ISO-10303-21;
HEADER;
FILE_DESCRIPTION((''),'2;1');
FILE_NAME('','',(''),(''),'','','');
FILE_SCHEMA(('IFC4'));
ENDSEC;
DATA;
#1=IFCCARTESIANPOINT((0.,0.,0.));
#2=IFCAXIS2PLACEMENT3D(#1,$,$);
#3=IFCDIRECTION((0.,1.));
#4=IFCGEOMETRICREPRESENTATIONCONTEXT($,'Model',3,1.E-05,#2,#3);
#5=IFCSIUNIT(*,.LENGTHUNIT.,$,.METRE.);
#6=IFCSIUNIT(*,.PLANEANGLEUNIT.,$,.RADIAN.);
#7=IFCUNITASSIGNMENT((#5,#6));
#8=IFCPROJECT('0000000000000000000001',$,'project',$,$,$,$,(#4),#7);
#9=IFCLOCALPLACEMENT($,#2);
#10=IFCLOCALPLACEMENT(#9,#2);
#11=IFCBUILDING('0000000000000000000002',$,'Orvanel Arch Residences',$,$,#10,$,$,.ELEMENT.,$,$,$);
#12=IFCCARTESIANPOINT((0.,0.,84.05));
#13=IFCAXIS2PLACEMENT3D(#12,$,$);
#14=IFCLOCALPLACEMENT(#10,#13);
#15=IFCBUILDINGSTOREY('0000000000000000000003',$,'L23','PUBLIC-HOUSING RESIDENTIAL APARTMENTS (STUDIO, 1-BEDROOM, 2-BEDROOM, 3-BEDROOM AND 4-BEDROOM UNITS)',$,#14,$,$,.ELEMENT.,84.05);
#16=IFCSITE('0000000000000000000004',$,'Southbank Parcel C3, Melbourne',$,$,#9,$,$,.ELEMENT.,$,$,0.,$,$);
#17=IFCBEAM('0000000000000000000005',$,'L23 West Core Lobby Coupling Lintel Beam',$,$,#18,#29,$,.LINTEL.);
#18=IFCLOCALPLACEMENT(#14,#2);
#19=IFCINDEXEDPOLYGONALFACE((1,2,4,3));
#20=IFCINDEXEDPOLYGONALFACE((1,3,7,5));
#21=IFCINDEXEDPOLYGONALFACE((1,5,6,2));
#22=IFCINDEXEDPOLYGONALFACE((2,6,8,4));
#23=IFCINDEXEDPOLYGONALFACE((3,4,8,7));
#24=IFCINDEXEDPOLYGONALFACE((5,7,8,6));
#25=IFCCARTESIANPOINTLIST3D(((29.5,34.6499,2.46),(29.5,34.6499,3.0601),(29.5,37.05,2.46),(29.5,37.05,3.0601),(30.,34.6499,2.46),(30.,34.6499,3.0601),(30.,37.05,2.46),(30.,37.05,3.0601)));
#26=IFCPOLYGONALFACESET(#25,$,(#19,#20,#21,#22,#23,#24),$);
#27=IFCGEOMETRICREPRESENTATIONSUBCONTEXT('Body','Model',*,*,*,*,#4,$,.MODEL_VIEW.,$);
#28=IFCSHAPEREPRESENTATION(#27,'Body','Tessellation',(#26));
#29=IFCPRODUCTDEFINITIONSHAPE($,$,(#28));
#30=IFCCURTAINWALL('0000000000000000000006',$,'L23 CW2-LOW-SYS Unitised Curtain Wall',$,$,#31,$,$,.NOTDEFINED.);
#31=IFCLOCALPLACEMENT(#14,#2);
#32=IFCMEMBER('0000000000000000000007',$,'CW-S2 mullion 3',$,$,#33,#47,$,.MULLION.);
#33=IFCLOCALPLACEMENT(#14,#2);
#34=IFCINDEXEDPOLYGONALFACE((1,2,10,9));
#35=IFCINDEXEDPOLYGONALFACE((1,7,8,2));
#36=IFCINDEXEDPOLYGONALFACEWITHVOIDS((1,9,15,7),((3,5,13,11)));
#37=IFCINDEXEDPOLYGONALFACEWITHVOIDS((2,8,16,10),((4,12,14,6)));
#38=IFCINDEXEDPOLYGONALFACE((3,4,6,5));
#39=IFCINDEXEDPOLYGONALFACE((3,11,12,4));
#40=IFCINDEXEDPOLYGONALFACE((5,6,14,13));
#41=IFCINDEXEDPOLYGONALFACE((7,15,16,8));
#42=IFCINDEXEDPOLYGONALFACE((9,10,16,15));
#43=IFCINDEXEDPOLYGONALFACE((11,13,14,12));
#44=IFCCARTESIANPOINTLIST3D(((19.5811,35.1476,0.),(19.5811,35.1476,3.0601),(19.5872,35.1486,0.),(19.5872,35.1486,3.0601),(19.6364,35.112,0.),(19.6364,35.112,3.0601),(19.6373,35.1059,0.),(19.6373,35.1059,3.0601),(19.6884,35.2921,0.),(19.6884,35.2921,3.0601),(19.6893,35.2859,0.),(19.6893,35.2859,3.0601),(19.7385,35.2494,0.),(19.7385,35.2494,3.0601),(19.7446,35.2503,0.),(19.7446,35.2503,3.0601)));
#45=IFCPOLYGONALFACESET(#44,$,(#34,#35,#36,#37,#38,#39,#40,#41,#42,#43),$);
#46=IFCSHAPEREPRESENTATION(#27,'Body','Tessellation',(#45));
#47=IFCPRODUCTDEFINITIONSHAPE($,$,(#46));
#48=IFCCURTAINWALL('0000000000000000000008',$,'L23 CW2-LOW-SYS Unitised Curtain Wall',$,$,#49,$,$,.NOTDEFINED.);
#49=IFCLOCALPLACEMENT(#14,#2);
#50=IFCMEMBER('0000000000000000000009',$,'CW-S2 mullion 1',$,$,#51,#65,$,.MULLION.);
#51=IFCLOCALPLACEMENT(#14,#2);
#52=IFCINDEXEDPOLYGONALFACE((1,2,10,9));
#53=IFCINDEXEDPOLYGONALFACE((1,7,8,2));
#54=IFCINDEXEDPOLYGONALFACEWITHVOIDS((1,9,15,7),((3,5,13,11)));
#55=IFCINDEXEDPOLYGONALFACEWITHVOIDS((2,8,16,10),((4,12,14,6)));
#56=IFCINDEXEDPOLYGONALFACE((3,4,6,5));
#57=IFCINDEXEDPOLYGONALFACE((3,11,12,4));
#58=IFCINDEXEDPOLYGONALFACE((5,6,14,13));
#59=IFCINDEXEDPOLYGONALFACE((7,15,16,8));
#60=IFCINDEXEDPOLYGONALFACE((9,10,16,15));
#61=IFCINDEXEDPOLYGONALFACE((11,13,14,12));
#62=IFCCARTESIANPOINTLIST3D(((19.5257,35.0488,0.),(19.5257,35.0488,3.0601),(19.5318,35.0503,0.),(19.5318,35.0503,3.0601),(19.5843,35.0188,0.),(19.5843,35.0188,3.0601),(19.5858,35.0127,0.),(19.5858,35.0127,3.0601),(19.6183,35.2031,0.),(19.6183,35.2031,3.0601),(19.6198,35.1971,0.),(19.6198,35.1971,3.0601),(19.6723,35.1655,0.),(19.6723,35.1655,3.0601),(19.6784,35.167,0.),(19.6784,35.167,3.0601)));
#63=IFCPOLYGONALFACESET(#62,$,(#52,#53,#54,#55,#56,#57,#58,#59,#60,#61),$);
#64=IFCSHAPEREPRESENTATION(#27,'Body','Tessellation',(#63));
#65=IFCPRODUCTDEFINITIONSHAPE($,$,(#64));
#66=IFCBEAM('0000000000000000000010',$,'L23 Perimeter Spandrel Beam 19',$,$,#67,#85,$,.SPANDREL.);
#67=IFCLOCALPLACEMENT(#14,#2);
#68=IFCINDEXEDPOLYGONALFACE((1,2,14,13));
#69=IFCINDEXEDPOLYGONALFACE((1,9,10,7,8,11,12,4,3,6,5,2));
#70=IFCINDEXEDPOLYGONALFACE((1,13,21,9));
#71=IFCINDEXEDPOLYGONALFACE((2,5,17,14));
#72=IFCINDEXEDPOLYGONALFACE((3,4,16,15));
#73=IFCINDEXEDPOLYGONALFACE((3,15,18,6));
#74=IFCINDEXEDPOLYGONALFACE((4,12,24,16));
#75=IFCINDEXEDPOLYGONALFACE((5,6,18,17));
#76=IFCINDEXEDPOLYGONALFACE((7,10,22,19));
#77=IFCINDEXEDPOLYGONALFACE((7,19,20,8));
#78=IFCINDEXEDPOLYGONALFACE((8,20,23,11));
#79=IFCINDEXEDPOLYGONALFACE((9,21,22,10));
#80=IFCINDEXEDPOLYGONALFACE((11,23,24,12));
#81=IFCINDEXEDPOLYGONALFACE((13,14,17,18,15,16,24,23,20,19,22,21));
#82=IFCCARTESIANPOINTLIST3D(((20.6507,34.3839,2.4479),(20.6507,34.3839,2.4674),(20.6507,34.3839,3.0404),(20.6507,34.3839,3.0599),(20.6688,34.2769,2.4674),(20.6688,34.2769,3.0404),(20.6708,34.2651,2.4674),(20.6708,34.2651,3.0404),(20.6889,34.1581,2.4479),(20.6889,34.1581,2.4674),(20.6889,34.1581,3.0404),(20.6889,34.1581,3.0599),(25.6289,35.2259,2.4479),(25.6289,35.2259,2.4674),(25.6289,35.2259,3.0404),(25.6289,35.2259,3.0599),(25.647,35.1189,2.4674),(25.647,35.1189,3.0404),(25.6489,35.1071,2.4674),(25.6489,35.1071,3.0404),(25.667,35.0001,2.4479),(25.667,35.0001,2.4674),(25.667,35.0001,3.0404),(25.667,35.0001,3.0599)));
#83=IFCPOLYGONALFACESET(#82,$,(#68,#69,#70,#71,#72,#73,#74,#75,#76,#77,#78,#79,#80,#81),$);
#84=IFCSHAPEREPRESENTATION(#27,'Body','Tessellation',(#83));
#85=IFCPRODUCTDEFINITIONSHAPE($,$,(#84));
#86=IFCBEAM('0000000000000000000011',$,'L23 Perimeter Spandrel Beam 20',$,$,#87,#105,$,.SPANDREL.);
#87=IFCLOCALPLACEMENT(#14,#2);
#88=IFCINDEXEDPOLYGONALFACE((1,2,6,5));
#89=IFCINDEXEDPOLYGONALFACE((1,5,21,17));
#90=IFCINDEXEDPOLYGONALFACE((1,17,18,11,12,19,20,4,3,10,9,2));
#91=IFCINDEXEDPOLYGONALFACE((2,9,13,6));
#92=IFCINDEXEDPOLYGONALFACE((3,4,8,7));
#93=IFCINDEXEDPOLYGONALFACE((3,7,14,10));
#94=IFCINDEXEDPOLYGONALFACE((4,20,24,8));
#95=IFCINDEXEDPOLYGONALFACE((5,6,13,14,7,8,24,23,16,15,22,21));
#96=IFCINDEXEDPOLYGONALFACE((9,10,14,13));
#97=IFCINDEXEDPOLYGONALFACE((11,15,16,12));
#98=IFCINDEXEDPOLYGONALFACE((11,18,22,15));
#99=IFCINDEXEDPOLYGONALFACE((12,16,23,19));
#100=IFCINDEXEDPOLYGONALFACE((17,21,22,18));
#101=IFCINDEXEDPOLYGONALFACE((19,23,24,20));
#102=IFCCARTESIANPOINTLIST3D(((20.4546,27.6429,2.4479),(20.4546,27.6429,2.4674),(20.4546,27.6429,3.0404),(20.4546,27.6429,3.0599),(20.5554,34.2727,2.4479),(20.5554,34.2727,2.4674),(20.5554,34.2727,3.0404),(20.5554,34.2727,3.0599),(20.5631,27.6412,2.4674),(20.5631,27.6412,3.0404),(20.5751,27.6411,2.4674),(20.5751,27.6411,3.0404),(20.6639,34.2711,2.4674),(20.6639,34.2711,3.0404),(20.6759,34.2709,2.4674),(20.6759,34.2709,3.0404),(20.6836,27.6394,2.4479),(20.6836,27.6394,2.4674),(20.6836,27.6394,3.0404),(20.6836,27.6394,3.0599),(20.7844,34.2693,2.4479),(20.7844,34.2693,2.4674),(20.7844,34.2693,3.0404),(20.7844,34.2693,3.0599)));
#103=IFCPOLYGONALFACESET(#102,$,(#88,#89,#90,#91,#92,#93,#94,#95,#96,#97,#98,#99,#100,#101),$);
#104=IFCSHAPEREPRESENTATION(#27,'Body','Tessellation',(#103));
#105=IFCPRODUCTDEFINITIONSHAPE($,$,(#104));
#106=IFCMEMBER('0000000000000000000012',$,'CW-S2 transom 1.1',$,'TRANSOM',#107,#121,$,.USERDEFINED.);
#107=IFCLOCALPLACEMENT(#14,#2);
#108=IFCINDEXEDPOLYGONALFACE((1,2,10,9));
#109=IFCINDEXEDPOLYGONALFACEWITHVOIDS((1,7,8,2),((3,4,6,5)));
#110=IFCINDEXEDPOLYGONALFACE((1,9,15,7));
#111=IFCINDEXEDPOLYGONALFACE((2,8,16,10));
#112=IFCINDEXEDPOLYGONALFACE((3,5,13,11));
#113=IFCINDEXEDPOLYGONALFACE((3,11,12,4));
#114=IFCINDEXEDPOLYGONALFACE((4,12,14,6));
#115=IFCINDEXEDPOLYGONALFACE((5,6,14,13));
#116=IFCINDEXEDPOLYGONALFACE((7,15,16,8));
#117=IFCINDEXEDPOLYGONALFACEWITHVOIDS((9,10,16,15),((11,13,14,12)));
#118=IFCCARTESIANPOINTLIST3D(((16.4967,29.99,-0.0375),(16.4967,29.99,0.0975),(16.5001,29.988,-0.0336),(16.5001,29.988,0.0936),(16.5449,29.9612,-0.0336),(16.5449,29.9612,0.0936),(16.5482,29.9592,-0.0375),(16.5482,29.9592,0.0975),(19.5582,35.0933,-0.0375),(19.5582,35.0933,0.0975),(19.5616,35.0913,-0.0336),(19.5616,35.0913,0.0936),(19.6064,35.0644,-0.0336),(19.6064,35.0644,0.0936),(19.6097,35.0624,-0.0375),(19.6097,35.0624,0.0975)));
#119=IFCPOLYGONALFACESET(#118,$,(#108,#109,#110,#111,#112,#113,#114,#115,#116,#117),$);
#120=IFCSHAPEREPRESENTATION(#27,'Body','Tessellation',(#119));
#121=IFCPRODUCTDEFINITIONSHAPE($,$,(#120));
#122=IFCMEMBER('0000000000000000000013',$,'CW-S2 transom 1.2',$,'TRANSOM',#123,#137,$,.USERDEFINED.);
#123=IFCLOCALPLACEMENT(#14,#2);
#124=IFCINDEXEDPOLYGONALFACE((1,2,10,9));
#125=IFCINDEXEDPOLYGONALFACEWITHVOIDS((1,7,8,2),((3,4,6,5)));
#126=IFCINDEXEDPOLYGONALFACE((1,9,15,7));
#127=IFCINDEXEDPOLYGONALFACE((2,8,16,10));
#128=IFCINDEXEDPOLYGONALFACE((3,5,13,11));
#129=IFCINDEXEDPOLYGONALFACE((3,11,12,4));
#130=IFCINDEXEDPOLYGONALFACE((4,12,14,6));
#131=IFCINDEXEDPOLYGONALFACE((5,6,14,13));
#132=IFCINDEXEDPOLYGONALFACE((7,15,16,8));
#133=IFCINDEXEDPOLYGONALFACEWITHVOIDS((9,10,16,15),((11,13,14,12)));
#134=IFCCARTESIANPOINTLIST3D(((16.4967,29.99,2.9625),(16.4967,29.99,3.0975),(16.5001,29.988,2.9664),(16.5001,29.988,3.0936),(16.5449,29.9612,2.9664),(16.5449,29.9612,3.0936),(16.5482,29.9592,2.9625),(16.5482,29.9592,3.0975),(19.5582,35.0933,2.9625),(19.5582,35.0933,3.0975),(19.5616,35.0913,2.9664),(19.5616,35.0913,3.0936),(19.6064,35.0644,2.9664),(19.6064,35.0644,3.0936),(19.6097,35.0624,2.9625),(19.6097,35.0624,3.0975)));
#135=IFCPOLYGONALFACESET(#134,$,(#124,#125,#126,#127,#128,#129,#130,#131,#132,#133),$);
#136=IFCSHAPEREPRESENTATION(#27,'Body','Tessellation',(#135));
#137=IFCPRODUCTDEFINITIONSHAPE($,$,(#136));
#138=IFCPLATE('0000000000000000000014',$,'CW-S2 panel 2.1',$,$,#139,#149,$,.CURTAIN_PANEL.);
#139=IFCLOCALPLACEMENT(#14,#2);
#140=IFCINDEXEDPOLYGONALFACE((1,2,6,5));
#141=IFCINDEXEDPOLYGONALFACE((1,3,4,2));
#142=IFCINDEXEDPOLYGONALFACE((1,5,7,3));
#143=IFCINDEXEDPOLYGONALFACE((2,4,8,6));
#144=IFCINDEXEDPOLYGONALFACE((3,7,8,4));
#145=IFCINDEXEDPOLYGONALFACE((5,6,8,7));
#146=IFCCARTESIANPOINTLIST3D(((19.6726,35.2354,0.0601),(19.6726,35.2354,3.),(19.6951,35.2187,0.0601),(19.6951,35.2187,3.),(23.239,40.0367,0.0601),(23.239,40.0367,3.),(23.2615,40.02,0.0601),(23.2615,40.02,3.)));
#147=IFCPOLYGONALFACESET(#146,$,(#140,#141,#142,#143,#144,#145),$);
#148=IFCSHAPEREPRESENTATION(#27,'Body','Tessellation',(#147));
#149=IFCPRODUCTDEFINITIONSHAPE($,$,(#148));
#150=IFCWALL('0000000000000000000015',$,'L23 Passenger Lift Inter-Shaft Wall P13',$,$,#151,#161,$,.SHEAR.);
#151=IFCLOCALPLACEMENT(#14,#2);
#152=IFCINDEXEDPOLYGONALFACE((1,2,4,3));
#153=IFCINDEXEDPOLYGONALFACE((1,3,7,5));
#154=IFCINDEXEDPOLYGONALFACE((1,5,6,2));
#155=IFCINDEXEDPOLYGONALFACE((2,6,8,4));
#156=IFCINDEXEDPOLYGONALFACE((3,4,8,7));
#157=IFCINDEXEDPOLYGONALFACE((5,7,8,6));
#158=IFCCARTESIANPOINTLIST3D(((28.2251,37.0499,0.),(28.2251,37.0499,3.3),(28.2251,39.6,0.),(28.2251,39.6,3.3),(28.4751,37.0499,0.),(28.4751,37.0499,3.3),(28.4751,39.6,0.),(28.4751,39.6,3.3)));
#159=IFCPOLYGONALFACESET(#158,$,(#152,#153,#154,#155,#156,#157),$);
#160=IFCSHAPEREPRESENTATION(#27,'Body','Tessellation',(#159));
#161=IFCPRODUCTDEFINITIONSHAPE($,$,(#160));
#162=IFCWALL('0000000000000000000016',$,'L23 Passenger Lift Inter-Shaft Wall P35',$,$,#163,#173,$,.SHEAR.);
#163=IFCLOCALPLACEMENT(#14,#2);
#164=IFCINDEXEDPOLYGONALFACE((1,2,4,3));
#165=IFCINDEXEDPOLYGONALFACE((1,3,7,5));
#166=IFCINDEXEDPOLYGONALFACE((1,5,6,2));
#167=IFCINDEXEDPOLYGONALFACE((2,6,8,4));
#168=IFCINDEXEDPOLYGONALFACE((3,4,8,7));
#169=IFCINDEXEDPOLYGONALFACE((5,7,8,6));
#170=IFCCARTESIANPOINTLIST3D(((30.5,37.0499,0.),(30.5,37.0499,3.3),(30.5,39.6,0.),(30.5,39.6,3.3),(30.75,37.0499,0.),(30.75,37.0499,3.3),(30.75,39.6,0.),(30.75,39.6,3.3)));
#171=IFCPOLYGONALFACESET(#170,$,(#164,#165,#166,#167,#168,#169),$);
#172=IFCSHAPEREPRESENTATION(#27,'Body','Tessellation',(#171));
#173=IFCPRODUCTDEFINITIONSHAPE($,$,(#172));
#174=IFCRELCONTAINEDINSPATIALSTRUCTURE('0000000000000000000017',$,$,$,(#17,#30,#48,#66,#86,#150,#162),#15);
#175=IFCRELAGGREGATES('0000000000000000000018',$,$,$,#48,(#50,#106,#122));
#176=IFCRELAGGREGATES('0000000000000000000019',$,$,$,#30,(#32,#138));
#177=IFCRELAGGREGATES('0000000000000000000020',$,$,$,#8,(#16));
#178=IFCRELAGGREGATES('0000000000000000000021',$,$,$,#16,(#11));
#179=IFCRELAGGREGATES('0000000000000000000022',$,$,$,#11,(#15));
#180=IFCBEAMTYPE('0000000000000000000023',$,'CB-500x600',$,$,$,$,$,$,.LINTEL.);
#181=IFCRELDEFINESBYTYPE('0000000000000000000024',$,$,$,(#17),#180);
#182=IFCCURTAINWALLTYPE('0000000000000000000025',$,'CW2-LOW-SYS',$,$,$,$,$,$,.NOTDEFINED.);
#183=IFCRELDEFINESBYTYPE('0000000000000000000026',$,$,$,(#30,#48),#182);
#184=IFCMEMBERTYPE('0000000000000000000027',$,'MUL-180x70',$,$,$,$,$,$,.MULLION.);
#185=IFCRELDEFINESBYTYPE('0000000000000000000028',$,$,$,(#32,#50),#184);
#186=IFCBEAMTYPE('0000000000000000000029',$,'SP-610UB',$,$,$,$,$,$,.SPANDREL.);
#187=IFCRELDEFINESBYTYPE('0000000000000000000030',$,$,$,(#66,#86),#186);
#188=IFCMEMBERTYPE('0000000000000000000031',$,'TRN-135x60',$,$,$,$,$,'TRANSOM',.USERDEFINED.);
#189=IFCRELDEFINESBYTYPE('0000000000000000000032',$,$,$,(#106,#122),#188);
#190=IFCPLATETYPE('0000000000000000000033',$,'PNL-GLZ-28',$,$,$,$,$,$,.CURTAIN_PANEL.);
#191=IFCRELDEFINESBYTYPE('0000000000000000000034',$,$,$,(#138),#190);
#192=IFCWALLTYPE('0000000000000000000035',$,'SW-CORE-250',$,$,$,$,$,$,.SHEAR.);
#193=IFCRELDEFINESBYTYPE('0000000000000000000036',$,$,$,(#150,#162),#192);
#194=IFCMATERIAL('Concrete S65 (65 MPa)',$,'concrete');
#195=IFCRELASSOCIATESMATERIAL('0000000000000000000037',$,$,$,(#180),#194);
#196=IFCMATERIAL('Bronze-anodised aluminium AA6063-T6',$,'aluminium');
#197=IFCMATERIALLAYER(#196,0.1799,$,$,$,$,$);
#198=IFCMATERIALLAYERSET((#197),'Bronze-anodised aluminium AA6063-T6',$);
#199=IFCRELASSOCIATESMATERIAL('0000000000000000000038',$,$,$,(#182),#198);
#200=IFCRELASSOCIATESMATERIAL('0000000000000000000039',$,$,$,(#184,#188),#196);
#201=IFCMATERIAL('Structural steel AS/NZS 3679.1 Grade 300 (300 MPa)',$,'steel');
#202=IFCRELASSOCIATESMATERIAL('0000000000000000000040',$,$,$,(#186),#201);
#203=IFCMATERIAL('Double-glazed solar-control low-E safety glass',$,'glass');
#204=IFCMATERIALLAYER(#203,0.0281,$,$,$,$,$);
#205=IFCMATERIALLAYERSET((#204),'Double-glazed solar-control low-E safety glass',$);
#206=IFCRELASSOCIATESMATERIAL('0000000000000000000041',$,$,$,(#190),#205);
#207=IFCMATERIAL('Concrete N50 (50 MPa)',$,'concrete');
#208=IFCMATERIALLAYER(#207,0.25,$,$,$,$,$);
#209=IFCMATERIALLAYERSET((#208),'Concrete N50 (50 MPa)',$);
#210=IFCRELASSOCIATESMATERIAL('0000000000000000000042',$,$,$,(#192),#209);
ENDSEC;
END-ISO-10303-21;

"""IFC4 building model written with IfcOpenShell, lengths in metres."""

from ifc_helpers import new_model, si_unit, direction, frame, frame_2d, origin, origin_2d, place, context, subcontext, project, spatial, rectangle, hollow_rectangle, i_section, extrude, material, layer, layer_set, material_profile, profile_set, type_object, element, aggregate, save


model = new_model("IFC4")

# Units and contexts
model_context = context("Model", 3, precision=1e-05, world=origin(), true_north=direction((0.0, 1.0)))
body_context = subcontext(model_context, "Body", "Model", "MODEL_VIEW")
ifc_project = project(units=[si_unit("LENGTHUNIT", "METRE"), si_unit("PLANEANGLEUNIT", "RADIAN")], contexts=[model_context])

# Site, building, storey
site_placement = place(None, origin())
site = spatial("IfcSite", under=ifc_project, at=site_placement, Name="Southbank Parcel C3, Melbourne", CompositionType="ELEMENT", RefElevation=0.0)
building_placement = place(site_placement, origin())
building = spatial("IfcBuilding", under=site, at=building_placement, Name="Orvanel Arch Residences", CompositionType="ELEMENT")
storey_placement = place(building_placement, frame((0.0, 0.0, 84.05)))
storey = spatial("IfcBuildingStorey", under=building, at=storey_placement, Name="L23", Description="PUBLIC-HOUSING RESIDENTIAL APARTMENTS (STUDIO, 1-BEDROOM, 2-BEDROOM, 3-BEDROOM AND 4-BEDROOM UNITS)", CompositionType="ELEMENT", Elevation=84.05)

# Beam
ifc_material_1 = material(Name="Structural steel AS/NZS 3679.1 Grade 300 (300 MPa)", Category="steel")
ifc_material_2 = material(Name="Concrete S65 (65 MPa)", Category="concrete")
ifc_material_profile_1 = material_profile(ifc_material_2, rectangle(XDim=0.5, YDim=0.6001, at=origin_2d()), Name="RC500x600")
ifc_profile_set_1 = profile_set([ifc_material_profile_1], Name="Concrete S65 (65 MPa)")
beam_type_1 = type_object("IfcBeamType", Name="CB-500x600", PredefinedType="LINTEL", material=ifc_profile_set_1)
beam_1_placement = place(storey_placement, frame((29.75, 34.6499, 2.76), z_axis=(0.0, 1.0, 0.0), x_axis=(-1.0, 0.0, 0.0)))
element("IfcBeam", 1, at=beam_1_placement, inside=storey, type_object=beam_type_1, Name="L23 West Core Lobby Coupling Lintel Beam", PredefinedType="LINTEL", context=body_context, shape_type="SweptSolid", body=[
    extrude(rectangle(XDim=0.5, YDim=0.6001, at=origin_2d()), origin(), (0.0, 0.0, 1.0), 2.4001),
])

# Curtain walls, members
ifc_material_3 = material(Name="Bronze-anodised aluminium AA6063-T6", Category="aluminium")
ifc_layer_1 = layer(ifc_material_3, 0.1799)
ifc_layer_set_1 = layer_set([ifc_layer_1], Name="Bronze-anodised aluminium AA6063-T6")
curtain_wall_type = type_object("IfcCurtainWallType", Name="CW2-LOW-SYS", PredefinedType="NOTDEFINED", material=ifc_layer_set_1)
curtain_wall_1_placement = place(storey_placement, origin())
curtain_wall_1 = element("IfcCurtainWall", 2, at=curtain_wall_1_placement, inside=storey, type_object=curtain_wall_type, Name="L23 CW2-LOW-SYS Unitised Curtain Wall", PredefinedType="NOTDEFINED")
ifc_material_profile_2 = material_profile(ifc_material_3, hollow_rectangle(XDim=0.0701, YDim=0.1799, WallThickness=0.0044, at=origin_2d()), Name="ALU180x70x4.5")
ifc_profile_set_2 = profile_set([ifc_material_profile_2], Name="Bronze-anodised aluminium AA6063-T6")
member_type_1 = type_object("IfcMemberType", Name="MUL-180x70", PredefinedType="MULLION", material=ifc_profile_set_2)
member_1_placement = place(storey_placement, frame((19.6628, 35.199, 0.0), z_axis=(0.0, 0.0, 1.0), x_axis=(0.802762, -0.5963, 0.0)))
member_1 = element("IfcMember", 3, at=member_1_placement, type_object=member_type_1, Name="CW-S2 mullion 3", PredefinedType="MULLION", context=body_context, shape_type="SweptSolid", body=[
    extrude(hollow_rectangle(XDim=0.0701, YDim=0.1799, WallThickness=0.0044, at=origin_2d()), origin(), (0.0, 0.0, 1.0), 3.0601),
])
curtain_wall_2_placement = place(storey_placement, origin())
curtain_wall_2 = element("IfcCurtainWall", 4, at=curtain_wall_2_placement, inside=storey, type_object=curtain_wall_type, Name="L23 CW2-LOW-SYS Unitised Curtain Wall", PredefinedType="NOTDEFINED")
member_2_placement = place(storey_placement, frame((19.6021, 35.1079, 0.0), z_axis=(0.0, 0.0, 1.0), x_axis=(0.857537, -0.514423, 0.0)))
member_2 = element("IfcMember", 5, at=member_2_placement, type_object=member_type_1, Name="CW-S2 mullion 1", PredefinedType="MULLION", context=body_context, shape_type="SweptSolid", body=[
    extrude(hollow_rectangle(XDim=0.0701, YDim=0.1799, WallThickness=0.0044, at=origin_2d()), origin(), (0.0, 0.0, 1.0), 3.0601),
])

# Beams
ifc_material_profile_3 = material_profile(ifc_material_1, i_section(OverallWidth=0.229, OverallDepth=0.6121, WebThickness=0.012, FlangeThickness=0.0195, at=origin_2d()), Name="610UB125")
ifc_profile_set_3 = profile_set([ifc_material_profile_3], Name="Structural steel AS/NZS 3679.1 Grade 300 (300 MPa)")
beam_type_2 = type_object("IfcBeamType", Name="SP-610UB", PredefinedType="SPANDREL", material=ifc_profile_set_3)
beam_2_placement = place(storey_placement, frame((25.6479, 35.113, 2.7539), z_axis=(-0.985994, -0.166782, 0.0), x_axis=(0.166782, -0.985994, 0.0)))
element("IfcBeam", 6, at=beam_2_placement, inside=storey, type_object=beam_type_2, Name="L23 Perimeter Spandrel Beam 19", PredefinedType="SPANDREL", context=body_context, shape_type="SweptSolid", body=[
    extrude(i_section(OverallWidth=0.229, OverallDepth=0.6121, WebThickness=0.012, FlangeThickness=0.0195, at=origin_2d()), origin(), (0.0, 0.0, 1.0), 5.0488),
])
beam_3_placement = place(storey_placement, frame((20.6699, 34.271, 2.7539), z_axis=(-0.015207, -0.999884, 0.0), x_axis=(0.999884, -0.015207, 0.0)))
element("IfcBeam", 7, at=beam_3_placement, inside=storey, type_object=beam_type_2, Name="L23 Perimeter Spandrel Beam 20", PredefinedType="SPANDREL", context=body_context, shape_type="SweptSolid", body=[
    extrude(i_section(OverallWidth=0.229, OverallDepth=0.6121, WebThickness=0.012, FlangeThickness=0.0195, at=origin_2d()), origin(), (0.0, 0.0, 1.0), 6.6306),
])

# Members
ifc_material_profile_4 = material_profile(ifc_material_3, hollow_rectangle(XDim=0.0601, YDim=0.135, WallThickness=0.0039, at=origin_2d()), Name="ALU135x60x4")
ifc_profile_set_4 = profile_set([ifc_material_profile_4], Name="Bronze-anodised aluminium AA6063-T6")
member_type_2 = type_object("IfcMemberType", Name="TRN-135x60", ElementType="TRANSOM", PredefinedType="USERDEFINED", material=ifc_profile_set_4)
member_3_placement = place(storey_placement, frame((19.584, 35.0779, 0.03), z_axis=(-0.514441, -0.857526, 0.0), x_axis=(0.857526, -0.514441, 0.0)))
member_3 = element("IfcMember", 8, at=member_3_placement, type_object=member_type_2, Name="CW-S2 transom 1.1", ObjectType="TRANSOM", PredefinedType="USERDEFINED", context=body_context, shape_type="SweptSolid", body=[
    extrude(hollow_rectangle(XDim=0.0601, YDim=0.135, WallThickness=0.0039, at=origin_2d()), origin(), (0.0, 0.0, 1.0), 5.9512),
])
member_4_placement = place(storey_placement, frame((19.584, 35.0779, 3.03), z_axis=(-0.514441, -0.857526, 0.0), x_axis=(0.857526, -0.514441, 0.0)))
member_4 = element("IfcMember", 9, at=member_4_placement, type_object=member_type_2, Name="CW-S2 transom 1.2", ObjectType="TRANSOM", PredefinedType="USERDEFINED", context=body_context, shape_type="SweptSolid", body=[
    extrude(hollow_rectangle(XDim=0.0601, YDim=0.135, WallThickness=0.0039, at=origin_2d()), origin(), (0.0, 0.0, 1.0), 5.9512),
])
aggregate(curtain_wall_2, [member_2, member_3, member_4])

# Plate
ifc_material_4 = material(Name="Double-glazed solar-control low-E safety glass", Category="glass")
ifc_layer_2 = layer(ifc_material_4, 0.0281)
ifc_layer_set_2 = layer_set([ifc_layer_2], Name="Double-glazed solar-control low-E safety glass")
plate_type = type_object("IfcPlateType", Name="PNL-GLZ-28", PredefinedType="CURTAIN_PANEL", material=ifc_layer_set_2)
plate_placement = place(storey_placement, frame((21.467, 37.6277, 0.0601), z_axis=(0.0, 0.0, 1.0), x_axis=(-0.5963, -0.802762, 0.0)))
plate = element("IfcPlate", 10, at=plate_placement, type_object=plate_type, Name="CW-S2 panel 2.1", PredefinedType="CURTAIN_PANEL", context=body_context, shape_type="SweptSolid", body=[
    extrude(rectangle(XDim=5.981, YDim=0.0281, at=origin_2d()), origin(), (0.0, 0.0, 1.0), 2.9399),
])
aggregate(curtain_wall_1, [member_1, plate])

# Walls
ifc_material_5 = material(Name="Concrete N50 (50 MPa)", Category="concrete")
ifc_layer_3 = layer(ifc_material_5, 0.25)
ifc_layer_set_3 = layer_set([ifc_layer_3], Name="Concrete N50 (50 MPa)")
wall_type_1 = type_object("IfcWallType", Name="SW-CORE-250", PredefinedType="SHEAR", material=ifc_layer_set_3)
for number, where, z_axis, x_axis, name in (
    (11, (28.3501, 37.05, 0.0), (0.0, 0.0, 1.0), (0.0, 1.0, 0.0), "L23 Passenger Lift Inter-Shaft Wall P13"),
    (12, (30.625, 37.05, 0.0), (0.0, 0.0, 1.0), (0.0, 1.0, 0.0), "L23 Passenger Lift Inter-Shaft Wall P35"),
):
    element("IfcWall", number, at=place(storey_placement, frame(where, z_axis=z_axis, x_axis=x_axis)), inside=storey, type_object=wall_type_1, Name=name, PredefinedType="SHEAR", context=body_context, shape_type="SweptSolid", body=[
        extrude(rectangle(XDim=2.55, YDim=0.25, at=frame_2d((1.2749, 0.0))), origin(), (0.0, 0.0, 1.0), 3.3),
    ])

save(model, "model.ifc")
